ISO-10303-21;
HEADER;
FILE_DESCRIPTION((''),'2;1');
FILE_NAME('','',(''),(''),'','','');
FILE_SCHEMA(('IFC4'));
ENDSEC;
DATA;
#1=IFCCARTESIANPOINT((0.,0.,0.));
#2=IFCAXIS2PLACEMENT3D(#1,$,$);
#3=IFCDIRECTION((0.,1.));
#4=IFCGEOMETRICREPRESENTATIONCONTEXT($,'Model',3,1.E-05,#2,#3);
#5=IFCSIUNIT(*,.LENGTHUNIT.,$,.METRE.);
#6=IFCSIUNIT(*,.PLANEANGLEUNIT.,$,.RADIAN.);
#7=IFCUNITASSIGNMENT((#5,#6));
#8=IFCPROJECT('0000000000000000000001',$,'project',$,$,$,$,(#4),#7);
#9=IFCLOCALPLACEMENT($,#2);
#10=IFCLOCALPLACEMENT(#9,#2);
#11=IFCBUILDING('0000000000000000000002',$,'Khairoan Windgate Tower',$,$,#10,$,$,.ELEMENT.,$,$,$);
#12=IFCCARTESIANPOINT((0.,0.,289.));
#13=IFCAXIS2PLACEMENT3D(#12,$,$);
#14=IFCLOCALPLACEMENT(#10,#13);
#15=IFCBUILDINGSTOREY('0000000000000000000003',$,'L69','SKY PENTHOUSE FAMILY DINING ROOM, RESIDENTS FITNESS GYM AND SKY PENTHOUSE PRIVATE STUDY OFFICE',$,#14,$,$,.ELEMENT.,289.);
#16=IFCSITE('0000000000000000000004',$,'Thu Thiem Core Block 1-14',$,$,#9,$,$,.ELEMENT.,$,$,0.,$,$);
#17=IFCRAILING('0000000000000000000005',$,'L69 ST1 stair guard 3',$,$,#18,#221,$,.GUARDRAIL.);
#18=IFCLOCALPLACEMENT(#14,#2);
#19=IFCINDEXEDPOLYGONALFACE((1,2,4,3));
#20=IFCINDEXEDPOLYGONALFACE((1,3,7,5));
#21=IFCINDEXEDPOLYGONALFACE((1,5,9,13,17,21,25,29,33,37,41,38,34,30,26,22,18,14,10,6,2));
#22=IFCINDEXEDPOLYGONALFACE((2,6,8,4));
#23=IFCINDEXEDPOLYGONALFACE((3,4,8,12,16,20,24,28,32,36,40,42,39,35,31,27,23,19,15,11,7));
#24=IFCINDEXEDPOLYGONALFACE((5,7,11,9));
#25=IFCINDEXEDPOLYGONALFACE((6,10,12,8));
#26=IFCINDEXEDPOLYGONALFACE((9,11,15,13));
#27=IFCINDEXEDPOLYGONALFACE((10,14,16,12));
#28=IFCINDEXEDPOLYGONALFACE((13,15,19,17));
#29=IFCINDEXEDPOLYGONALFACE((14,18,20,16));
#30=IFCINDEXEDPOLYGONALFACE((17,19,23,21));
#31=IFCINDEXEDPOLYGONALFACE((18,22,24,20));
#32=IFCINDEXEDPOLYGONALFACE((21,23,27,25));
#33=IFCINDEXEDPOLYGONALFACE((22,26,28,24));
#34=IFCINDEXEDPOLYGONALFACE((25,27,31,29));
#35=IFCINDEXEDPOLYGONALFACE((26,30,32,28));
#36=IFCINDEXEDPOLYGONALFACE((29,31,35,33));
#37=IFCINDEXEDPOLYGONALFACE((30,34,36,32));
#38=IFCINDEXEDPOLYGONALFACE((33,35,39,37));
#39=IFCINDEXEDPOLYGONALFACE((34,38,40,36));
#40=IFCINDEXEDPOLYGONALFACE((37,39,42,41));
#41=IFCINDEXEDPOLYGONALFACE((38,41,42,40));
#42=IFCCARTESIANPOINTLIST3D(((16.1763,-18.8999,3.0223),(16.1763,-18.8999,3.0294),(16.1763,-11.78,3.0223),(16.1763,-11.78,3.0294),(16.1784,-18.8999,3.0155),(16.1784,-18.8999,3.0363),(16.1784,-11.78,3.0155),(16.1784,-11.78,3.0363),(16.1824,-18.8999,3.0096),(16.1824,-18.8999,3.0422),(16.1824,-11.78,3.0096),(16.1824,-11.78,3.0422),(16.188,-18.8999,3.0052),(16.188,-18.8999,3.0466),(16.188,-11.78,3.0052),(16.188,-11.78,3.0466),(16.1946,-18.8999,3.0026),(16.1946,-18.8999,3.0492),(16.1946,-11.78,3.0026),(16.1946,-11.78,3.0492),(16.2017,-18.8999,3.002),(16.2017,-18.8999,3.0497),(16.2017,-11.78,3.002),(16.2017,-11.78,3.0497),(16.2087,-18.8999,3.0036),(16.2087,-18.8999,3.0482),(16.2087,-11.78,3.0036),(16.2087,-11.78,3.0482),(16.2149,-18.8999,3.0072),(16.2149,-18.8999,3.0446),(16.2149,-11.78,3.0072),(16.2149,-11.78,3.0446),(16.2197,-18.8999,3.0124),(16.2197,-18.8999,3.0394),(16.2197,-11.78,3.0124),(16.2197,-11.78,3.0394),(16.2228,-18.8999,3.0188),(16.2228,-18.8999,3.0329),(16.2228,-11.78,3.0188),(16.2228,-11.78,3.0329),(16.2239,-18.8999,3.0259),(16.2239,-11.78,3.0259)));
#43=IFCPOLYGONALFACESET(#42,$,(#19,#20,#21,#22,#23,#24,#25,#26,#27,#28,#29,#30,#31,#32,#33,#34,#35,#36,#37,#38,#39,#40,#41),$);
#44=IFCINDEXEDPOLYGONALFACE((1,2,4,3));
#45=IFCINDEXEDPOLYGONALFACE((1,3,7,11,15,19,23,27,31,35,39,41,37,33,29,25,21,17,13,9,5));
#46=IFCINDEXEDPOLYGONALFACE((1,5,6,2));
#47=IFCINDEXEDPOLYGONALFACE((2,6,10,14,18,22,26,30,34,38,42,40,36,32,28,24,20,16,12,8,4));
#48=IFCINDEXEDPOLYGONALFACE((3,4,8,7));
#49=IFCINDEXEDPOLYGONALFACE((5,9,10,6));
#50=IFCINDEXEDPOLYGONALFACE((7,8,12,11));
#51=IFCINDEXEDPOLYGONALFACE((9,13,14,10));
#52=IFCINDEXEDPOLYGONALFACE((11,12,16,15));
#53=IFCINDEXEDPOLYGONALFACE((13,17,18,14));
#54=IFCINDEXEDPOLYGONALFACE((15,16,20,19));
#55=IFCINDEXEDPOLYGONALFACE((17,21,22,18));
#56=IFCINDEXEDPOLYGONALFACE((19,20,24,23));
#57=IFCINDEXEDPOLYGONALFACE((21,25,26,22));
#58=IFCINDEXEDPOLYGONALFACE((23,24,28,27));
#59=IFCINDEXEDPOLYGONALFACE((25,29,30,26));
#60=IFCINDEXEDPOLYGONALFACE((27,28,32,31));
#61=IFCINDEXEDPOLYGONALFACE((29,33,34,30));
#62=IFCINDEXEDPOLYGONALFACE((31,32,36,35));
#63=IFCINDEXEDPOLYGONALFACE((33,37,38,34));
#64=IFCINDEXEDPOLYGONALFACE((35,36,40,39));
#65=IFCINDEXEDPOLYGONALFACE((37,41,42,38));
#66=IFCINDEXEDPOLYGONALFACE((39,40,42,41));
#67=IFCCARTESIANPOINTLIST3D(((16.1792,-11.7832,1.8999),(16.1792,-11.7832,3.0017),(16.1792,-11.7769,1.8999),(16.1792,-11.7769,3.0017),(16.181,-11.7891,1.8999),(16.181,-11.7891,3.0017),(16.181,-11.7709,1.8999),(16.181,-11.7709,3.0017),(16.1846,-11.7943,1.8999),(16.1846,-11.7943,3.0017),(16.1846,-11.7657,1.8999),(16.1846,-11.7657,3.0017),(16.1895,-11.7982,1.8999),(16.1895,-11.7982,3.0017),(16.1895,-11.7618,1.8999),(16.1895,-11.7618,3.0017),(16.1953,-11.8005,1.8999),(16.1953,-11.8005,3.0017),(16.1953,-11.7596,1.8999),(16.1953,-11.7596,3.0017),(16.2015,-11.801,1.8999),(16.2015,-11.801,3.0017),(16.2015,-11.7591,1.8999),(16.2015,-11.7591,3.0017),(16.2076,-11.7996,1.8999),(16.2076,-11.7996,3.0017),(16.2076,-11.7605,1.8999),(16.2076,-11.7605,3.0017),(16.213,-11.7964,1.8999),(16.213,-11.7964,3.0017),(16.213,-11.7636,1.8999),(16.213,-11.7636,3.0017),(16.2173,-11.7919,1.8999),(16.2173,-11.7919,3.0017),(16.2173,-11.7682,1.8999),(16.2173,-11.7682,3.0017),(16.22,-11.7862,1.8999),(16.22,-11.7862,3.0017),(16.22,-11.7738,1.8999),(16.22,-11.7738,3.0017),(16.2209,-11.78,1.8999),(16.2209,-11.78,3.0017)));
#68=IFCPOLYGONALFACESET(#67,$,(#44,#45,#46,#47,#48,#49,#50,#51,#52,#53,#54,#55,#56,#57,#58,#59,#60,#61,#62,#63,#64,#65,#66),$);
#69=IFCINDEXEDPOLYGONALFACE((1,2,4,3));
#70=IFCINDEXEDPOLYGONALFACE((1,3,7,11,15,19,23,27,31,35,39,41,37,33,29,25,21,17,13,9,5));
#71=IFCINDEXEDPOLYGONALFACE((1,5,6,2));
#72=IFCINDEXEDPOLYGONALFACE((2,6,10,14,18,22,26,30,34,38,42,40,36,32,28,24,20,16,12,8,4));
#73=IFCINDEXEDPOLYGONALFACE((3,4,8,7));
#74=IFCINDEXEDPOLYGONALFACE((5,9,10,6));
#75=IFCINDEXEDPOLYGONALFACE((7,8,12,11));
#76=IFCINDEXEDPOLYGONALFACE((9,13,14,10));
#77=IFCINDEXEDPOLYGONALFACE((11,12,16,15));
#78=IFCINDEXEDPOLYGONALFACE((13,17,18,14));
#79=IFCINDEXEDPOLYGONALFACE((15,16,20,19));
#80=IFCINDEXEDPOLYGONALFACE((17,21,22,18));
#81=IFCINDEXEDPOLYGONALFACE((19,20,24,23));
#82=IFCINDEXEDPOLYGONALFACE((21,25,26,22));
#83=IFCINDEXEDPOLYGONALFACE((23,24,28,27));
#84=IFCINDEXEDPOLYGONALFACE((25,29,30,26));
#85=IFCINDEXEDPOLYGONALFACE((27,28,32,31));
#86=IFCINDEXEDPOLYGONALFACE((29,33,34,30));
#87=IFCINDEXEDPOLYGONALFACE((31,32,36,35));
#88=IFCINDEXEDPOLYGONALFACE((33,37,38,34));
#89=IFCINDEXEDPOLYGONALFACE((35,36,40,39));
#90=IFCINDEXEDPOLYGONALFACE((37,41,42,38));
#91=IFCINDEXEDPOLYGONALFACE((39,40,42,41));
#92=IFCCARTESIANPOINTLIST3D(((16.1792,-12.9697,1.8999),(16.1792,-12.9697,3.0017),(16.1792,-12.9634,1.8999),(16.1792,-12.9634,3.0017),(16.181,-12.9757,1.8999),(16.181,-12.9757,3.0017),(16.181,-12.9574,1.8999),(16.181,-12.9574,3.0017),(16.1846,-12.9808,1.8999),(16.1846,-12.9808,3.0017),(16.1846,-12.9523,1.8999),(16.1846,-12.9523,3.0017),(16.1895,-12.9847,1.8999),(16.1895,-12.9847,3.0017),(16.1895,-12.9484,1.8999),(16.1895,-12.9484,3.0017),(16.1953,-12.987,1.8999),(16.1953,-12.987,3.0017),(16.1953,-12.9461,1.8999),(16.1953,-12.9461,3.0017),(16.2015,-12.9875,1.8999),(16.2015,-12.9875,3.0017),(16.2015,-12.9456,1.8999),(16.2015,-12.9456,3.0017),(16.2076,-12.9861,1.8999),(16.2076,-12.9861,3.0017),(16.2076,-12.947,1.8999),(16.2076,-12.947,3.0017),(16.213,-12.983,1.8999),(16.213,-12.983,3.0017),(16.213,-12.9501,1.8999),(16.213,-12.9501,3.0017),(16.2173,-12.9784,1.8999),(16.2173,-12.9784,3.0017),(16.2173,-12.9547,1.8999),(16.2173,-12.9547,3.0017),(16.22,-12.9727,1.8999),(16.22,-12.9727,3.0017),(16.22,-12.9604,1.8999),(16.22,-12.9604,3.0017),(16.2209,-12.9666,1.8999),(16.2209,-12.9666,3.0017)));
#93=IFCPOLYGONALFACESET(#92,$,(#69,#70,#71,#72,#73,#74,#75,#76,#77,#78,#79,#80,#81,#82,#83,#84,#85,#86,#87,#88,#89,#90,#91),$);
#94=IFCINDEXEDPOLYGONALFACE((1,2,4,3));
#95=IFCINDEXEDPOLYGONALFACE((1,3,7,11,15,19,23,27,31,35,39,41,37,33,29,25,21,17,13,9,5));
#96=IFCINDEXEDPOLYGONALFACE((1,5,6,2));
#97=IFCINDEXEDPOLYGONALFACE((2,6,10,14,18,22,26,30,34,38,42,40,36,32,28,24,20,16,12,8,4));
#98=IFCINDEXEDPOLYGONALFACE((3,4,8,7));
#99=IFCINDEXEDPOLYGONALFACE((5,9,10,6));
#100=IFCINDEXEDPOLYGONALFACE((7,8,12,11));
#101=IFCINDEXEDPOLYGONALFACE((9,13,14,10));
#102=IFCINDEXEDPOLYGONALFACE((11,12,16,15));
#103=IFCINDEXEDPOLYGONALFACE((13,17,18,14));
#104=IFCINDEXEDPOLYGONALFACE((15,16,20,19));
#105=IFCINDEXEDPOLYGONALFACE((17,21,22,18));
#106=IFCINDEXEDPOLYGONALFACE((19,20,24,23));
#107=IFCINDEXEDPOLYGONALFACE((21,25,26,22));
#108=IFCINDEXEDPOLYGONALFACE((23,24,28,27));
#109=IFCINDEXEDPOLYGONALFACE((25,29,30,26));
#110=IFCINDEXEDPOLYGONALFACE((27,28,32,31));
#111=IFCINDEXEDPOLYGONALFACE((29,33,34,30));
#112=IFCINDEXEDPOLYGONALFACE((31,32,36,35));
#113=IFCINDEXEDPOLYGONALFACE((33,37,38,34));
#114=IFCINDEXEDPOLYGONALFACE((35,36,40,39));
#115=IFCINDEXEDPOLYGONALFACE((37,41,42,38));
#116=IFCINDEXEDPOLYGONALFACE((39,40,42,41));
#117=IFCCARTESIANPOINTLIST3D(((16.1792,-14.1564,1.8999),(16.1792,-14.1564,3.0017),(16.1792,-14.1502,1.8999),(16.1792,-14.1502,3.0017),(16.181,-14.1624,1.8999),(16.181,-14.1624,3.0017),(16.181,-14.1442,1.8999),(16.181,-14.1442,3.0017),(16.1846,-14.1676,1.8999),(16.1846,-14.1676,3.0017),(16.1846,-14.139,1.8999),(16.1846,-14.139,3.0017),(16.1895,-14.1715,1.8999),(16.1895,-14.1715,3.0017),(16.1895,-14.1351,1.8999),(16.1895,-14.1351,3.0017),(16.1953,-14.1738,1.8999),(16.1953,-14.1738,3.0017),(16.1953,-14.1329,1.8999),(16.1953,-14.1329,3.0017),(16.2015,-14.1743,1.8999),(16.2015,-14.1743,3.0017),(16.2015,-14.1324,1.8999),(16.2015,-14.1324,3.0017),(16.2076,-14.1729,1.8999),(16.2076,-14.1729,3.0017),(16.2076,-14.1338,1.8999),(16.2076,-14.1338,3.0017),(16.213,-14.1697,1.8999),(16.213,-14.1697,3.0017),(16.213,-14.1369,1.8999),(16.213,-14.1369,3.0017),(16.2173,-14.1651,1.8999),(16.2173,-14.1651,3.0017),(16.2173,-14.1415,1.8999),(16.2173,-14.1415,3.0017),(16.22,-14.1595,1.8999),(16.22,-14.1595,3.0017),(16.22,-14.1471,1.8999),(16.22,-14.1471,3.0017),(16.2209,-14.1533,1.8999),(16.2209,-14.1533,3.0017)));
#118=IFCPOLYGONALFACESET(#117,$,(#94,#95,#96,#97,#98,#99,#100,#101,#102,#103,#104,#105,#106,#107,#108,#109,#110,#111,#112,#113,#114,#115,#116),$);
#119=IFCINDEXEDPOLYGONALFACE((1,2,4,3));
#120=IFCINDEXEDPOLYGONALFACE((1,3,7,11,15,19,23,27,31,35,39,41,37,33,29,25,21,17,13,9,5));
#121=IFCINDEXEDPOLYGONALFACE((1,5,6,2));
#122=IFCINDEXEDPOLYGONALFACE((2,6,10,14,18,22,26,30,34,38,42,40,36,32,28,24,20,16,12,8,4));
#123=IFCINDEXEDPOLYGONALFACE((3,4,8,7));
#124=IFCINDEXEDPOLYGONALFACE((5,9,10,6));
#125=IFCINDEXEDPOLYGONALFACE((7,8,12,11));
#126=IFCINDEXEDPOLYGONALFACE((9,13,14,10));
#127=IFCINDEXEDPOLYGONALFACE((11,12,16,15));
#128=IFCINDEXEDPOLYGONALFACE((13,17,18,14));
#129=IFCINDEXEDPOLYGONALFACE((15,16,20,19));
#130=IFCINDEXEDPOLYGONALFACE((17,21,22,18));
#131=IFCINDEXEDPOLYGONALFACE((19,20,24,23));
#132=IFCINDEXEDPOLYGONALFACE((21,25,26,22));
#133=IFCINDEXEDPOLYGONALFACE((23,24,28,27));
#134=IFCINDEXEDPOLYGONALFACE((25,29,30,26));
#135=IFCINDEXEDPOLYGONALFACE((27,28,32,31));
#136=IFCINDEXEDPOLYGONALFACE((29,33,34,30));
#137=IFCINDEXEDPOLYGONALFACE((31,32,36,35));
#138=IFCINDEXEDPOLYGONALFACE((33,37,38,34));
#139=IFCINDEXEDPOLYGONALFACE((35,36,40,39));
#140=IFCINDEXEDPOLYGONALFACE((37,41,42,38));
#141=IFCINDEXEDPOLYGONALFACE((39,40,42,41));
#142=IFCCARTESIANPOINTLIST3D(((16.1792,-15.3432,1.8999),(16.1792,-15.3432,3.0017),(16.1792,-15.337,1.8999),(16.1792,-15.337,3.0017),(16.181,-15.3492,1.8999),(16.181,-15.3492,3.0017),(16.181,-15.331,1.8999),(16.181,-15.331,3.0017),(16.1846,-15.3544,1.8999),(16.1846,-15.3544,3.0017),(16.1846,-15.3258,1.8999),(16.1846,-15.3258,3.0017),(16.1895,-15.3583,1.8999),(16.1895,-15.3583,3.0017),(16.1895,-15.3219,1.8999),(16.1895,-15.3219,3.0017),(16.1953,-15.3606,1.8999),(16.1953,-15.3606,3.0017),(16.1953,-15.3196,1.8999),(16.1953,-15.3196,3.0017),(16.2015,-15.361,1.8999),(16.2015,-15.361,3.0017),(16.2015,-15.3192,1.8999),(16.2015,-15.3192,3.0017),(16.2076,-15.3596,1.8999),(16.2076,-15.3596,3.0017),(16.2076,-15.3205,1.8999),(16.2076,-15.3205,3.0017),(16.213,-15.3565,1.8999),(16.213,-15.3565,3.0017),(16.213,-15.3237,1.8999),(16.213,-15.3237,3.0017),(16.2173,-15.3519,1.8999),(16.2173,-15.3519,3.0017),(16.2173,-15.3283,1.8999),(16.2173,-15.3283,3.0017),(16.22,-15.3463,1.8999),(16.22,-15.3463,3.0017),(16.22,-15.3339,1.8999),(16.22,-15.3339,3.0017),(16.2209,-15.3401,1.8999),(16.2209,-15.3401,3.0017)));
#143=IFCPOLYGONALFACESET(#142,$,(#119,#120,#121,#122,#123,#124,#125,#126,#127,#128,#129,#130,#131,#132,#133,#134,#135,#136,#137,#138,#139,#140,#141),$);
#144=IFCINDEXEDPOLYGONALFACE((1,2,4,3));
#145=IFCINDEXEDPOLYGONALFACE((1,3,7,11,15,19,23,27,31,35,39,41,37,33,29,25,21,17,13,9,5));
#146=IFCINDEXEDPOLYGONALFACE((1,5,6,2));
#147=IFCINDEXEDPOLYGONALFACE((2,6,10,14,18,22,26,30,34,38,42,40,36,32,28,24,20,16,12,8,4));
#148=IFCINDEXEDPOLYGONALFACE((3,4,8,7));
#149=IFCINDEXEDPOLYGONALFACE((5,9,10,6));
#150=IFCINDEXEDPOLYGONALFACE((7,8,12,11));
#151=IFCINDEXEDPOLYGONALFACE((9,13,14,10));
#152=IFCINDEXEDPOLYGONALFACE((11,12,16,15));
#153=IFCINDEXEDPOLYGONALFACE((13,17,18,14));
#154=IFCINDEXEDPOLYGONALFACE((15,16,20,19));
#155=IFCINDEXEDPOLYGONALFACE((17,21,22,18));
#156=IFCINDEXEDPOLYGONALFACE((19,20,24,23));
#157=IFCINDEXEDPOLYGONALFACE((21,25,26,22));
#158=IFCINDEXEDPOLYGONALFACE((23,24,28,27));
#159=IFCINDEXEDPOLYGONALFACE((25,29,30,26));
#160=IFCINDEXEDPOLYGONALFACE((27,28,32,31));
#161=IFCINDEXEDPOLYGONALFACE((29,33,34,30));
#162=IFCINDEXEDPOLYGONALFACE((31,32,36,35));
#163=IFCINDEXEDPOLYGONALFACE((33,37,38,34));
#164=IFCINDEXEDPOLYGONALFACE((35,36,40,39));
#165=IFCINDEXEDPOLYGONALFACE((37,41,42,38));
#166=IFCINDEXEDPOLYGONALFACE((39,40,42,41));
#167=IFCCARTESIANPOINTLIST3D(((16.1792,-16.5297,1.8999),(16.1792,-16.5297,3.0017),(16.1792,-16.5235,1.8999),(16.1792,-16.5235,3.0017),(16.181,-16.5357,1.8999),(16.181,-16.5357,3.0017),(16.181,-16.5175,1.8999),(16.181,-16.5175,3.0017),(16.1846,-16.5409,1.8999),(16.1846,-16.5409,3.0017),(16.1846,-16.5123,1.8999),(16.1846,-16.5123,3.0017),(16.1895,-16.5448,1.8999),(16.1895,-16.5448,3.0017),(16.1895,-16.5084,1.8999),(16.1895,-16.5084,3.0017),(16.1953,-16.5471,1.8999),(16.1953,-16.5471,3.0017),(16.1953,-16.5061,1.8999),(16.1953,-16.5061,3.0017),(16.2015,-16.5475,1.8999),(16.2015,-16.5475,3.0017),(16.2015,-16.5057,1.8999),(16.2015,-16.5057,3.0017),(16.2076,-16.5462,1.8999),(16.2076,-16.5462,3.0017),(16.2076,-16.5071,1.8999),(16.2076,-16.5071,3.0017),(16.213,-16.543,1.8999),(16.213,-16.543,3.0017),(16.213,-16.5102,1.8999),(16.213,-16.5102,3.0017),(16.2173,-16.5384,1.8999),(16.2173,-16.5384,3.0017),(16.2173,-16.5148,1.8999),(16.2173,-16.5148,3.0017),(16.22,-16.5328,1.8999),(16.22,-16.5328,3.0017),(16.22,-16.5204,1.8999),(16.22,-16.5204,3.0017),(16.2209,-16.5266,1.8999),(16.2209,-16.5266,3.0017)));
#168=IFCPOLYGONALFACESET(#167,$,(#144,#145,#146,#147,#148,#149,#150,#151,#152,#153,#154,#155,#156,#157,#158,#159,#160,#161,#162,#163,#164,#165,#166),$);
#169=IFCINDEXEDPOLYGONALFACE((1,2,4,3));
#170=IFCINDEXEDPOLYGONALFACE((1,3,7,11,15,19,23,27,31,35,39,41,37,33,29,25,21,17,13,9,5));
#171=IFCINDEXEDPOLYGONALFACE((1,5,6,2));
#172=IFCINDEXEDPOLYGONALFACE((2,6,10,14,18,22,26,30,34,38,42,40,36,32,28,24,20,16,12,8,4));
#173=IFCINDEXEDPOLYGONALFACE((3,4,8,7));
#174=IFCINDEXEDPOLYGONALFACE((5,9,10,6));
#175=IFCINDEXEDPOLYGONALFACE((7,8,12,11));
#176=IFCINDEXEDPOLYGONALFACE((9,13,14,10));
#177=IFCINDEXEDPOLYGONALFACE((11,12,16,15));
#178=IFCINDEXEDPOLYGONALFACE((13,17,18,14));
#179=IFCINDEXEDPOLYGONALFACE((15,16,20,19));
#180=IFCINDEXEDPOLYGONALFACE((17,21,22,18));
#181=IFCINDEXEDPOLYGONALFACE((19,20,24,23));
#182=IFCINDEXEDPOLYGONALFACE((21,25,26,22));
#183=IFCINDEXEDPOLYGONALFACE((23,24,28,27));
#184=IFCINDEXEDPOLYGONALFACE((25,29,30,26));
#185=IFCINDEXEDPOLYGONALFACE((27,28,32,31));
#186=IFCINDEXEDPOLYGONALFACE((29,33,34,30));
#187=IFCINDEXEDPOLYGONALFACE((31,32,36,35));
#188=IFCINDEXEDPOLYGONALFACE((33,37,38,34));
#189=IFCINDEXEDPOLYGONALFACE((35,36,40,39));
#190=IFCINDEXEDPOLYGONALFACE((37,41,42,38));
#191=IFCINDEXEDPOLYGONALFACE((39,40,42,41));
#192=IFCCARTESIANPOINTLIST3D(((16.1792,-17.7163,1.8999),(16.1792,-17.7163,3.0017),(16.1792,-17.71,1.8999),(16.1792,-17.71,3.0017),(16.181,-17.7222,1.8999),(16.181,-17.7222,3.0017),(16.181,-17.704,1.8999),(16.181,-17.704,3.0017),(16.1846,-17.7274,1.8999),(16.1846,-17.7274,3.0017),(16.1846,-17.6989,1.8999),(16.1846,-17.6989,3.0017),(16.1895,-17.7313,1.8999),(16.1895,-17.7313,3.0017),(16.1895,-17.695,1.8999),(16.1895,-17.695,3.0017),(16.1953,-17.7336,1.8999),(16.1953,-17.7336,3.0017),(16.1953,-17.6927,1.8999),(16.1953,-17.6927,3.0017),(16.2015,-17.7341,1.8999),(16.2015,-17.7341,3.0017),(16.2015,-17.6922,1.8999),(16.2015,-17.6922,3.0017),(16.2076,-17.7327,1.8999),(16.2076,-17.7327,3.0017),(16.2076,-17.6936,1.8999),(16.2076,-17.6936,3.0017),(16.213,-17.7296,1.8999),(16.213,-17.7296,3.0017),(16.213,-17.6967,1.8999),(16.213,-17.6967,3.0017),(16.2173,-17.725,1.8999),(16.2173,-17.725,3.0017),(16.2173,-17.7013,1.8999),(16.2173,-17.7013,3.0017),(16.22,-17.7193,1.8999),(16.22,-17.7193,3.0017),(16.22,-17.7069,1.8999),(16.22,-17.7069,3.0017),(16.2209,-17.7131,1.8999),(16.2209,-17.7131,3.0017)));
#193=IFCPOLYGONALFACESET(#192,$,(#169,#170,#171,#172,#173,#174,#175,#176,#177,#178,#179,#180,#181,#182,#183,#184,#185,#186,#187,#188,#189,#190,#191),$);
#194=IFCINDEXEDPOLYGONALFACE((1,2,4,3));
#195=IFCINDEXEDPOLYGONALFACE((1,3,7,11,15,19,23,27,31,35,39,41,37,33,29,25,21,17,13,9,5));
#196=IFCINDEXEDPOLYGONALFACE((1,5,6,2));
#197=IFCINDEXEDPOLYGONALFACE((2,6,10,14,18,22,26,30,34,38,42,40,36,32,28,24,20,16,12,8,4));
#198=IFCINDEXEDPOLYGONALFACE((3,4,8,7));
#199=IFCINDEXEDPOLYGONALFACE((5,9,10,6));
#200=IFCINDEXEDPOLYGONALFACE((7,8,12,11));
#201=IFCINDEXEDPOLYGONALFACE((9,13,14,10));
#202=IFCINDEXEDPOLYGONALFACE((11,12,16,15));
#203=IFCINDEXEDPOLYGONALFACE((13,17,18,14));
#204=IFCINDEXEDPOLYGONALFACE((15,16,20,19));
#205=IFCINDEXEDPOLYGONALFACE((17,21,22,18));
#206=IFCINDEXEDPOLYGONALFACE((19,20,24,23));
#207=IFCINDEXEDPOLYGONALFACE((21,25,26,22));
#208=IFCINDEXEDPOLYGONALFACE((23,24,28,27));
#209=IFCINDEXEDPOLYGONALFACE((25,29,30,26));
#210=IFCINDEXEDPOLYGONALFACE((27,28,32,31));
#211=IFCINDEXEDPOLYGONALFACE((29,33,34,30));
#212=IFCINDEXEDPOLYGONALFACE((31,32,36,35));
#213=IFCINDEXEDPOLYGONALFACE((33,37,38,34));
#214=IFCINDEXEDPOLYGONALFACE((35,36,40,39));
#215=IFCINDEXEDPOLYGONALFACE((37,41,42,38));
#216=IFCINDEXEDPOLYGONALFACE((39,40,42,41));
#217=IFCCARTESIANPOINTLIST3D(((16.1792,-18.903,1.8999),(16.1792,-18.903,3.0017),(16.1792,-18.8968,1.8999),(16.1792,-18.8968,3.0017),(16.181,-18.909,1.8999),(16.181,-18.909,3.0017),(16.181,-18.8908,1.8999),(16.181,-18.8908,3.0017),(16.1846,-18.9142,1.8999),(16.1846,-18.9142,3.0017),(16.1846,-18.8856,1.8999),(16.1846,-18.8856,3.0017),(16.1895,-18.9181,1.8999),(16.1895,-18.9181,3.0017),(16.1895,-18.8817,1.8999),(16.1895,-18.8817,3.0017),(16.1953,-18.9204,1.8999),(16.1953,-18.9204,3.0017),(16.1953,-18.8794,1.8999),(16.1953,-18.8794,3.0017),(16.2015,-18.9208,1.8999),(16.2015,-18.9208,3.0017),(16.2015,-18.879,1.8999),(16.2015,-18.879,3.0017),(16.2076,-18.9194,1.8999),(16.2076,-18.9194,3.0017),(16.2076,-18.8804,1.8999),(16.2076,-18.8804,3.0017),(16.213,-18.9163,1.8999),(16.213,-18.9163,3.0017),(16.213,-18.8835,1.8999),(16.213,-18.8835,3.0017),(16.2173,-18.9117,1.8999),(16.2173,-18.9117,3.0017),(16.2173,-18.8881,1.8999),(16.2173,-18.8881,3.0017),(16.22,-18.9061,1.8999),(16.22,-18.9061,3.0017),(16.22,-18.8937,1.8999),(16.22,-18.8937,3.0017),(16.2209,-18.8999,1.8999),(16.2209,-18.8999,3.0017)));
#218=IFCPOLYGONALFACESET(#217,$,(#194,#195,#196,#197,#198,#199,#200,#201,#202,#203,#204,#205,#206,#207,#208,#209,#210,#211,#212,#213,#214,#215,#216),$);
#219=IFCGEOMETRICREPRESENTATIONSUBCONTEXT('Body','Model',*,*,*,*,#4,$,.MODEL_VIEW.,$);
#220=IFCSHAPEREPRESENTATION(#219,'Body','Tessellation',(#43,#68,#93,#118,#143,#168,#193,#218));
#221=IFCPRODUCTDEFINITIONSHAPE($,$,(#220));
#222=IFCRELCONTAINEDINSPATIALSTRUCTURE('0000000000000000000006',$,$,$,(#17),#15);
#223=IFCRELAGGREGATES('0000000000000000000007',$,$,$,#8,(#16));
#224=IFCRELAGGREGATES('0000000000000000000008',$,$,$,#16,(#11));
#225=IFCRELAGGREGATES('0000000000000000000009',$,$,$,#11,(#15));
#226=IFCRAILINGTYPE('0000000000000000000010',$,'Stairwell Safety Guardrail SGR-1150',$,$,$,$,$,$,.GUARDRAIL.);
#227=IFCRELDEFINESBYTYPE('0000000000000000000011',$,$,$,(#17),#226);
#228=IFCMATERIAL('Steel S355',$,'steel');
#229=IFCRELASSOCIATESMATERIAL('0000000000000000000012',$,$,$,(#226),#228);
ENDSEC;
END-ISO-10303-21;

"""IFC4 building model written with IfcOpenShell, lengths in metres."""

from ifc_helpers import new_model, si_unit, direction, frame, origin, origin_2d, place, context, subcontext, project, spatial, circle, extrude, material, type_object, element, save


model = new_model("IFC4")

# Units and contexts
model_context = context("Model", 3, precision=1e-05, world=origin(), true_north=direction((0.0, 1.0)))
body_context = subcontext(model_context, "Body", "Model", "MODEL_VIEW")
ifc_project = project(units=[si_unit("LENGTHUNIT", "METRE"), si_unit("PLANEANGLEUNIT", "RADIAN")], contexts=[model_context])

# Site, building, storey
site_placement = place(None, origin())
site = spatial("IfcSite", under=ifc_project, at=site_placement, Name="Thu Thiem Core Block 1-14", CompositionType="ELEMENT", RefElevation=0.0)
building_placement = place(site_placement, origin())
building = spatial("IfcBuilding", under=site, at=building_placement, Name="Khairoan Windgate Tower", CompositionType="ELEMENT")
storey_placement = place(building_placement, frame((0.0, 0.0, 289.0)))
storey = spatial("IfcBuildingStorey", under=building, at=storey_placement, Name="L69", Description="SKY PENTHOUSE FAMILY DINING ROOM, RESIDENTS FITNESS GYM AND SKY PENTHOUSE PRIVATE STUDY OFFICE", CompositionType="ELEMENT", Elevation=289.0)

# Railing
ifc_material_1 = material(Name="Steel S355", Category="steel")
railing_type_1 = type_object("IfcRailingType", Name="Stairwell Safety Guardrail SGR-1150", PredefinedType="GUARDRAIL", material=ifc_material_1)
railing_1_placement = place(storey_placement, frame((16.2, -11.78, 1.8999)))
element("IfcRailing", 1, at=railing_1_placement, inside=storey, type_object=railing_type_1, Name="L69 ST1 stair guard 3", PredefinedType="GUARDRAIL", context=body_context, shape_type="SweptSolid", body=[
    extrude(circle(Radius=0.0239, at=origin_2d()), frame((0.0, 0.0, 1.126), z_axis=(0.0, -1.0, 0.0), x_axis=(1.0, 0.0, 0.0)), (0.0, 0.0, 1.0), 7.1199),
    extrude(circle(Radius=0.021, at=origin_2d()), origin(), (0.0, 0.0, 1.0), 1.1018),
    extrude(circle(Radius=0.021, at=origin_2d()), frame((0.0, -1.1865, 0.0)), (0.0, 0.0, 1.0), 1.1018),
    extrude(circle(Radius=0.021, at=origin_2d()), frame((0.0, -2.3733, 0.0)), (0.0, 0.0, 1.0), 1.1018),
    extrude(circle(Radius=0.021, at=origin_2d()), frame((0.0, -3.5601, 0.0)), (0.0, 0.0, 1.0), 1.1018),
    extrude(circle(Radius=0.021, at=origin_2d()), frame((0.0, -4.7466, 0.0)), (0.0, 0.0, 1.0), 1.1018),
    extrude(circle(Radius=0.021, at=origin_2d()), frame((0.0, -5.9331, 0.0)), (0.0, 0.0, 1.0), 1.1018),
    extrude(circle(Radius=0.021, at=origin_2d()), frame((0.0, -7.1199, 0.0)), (0.0, 0.0, 1.0), 1.1018),
])

save(model, "model.ifc")
